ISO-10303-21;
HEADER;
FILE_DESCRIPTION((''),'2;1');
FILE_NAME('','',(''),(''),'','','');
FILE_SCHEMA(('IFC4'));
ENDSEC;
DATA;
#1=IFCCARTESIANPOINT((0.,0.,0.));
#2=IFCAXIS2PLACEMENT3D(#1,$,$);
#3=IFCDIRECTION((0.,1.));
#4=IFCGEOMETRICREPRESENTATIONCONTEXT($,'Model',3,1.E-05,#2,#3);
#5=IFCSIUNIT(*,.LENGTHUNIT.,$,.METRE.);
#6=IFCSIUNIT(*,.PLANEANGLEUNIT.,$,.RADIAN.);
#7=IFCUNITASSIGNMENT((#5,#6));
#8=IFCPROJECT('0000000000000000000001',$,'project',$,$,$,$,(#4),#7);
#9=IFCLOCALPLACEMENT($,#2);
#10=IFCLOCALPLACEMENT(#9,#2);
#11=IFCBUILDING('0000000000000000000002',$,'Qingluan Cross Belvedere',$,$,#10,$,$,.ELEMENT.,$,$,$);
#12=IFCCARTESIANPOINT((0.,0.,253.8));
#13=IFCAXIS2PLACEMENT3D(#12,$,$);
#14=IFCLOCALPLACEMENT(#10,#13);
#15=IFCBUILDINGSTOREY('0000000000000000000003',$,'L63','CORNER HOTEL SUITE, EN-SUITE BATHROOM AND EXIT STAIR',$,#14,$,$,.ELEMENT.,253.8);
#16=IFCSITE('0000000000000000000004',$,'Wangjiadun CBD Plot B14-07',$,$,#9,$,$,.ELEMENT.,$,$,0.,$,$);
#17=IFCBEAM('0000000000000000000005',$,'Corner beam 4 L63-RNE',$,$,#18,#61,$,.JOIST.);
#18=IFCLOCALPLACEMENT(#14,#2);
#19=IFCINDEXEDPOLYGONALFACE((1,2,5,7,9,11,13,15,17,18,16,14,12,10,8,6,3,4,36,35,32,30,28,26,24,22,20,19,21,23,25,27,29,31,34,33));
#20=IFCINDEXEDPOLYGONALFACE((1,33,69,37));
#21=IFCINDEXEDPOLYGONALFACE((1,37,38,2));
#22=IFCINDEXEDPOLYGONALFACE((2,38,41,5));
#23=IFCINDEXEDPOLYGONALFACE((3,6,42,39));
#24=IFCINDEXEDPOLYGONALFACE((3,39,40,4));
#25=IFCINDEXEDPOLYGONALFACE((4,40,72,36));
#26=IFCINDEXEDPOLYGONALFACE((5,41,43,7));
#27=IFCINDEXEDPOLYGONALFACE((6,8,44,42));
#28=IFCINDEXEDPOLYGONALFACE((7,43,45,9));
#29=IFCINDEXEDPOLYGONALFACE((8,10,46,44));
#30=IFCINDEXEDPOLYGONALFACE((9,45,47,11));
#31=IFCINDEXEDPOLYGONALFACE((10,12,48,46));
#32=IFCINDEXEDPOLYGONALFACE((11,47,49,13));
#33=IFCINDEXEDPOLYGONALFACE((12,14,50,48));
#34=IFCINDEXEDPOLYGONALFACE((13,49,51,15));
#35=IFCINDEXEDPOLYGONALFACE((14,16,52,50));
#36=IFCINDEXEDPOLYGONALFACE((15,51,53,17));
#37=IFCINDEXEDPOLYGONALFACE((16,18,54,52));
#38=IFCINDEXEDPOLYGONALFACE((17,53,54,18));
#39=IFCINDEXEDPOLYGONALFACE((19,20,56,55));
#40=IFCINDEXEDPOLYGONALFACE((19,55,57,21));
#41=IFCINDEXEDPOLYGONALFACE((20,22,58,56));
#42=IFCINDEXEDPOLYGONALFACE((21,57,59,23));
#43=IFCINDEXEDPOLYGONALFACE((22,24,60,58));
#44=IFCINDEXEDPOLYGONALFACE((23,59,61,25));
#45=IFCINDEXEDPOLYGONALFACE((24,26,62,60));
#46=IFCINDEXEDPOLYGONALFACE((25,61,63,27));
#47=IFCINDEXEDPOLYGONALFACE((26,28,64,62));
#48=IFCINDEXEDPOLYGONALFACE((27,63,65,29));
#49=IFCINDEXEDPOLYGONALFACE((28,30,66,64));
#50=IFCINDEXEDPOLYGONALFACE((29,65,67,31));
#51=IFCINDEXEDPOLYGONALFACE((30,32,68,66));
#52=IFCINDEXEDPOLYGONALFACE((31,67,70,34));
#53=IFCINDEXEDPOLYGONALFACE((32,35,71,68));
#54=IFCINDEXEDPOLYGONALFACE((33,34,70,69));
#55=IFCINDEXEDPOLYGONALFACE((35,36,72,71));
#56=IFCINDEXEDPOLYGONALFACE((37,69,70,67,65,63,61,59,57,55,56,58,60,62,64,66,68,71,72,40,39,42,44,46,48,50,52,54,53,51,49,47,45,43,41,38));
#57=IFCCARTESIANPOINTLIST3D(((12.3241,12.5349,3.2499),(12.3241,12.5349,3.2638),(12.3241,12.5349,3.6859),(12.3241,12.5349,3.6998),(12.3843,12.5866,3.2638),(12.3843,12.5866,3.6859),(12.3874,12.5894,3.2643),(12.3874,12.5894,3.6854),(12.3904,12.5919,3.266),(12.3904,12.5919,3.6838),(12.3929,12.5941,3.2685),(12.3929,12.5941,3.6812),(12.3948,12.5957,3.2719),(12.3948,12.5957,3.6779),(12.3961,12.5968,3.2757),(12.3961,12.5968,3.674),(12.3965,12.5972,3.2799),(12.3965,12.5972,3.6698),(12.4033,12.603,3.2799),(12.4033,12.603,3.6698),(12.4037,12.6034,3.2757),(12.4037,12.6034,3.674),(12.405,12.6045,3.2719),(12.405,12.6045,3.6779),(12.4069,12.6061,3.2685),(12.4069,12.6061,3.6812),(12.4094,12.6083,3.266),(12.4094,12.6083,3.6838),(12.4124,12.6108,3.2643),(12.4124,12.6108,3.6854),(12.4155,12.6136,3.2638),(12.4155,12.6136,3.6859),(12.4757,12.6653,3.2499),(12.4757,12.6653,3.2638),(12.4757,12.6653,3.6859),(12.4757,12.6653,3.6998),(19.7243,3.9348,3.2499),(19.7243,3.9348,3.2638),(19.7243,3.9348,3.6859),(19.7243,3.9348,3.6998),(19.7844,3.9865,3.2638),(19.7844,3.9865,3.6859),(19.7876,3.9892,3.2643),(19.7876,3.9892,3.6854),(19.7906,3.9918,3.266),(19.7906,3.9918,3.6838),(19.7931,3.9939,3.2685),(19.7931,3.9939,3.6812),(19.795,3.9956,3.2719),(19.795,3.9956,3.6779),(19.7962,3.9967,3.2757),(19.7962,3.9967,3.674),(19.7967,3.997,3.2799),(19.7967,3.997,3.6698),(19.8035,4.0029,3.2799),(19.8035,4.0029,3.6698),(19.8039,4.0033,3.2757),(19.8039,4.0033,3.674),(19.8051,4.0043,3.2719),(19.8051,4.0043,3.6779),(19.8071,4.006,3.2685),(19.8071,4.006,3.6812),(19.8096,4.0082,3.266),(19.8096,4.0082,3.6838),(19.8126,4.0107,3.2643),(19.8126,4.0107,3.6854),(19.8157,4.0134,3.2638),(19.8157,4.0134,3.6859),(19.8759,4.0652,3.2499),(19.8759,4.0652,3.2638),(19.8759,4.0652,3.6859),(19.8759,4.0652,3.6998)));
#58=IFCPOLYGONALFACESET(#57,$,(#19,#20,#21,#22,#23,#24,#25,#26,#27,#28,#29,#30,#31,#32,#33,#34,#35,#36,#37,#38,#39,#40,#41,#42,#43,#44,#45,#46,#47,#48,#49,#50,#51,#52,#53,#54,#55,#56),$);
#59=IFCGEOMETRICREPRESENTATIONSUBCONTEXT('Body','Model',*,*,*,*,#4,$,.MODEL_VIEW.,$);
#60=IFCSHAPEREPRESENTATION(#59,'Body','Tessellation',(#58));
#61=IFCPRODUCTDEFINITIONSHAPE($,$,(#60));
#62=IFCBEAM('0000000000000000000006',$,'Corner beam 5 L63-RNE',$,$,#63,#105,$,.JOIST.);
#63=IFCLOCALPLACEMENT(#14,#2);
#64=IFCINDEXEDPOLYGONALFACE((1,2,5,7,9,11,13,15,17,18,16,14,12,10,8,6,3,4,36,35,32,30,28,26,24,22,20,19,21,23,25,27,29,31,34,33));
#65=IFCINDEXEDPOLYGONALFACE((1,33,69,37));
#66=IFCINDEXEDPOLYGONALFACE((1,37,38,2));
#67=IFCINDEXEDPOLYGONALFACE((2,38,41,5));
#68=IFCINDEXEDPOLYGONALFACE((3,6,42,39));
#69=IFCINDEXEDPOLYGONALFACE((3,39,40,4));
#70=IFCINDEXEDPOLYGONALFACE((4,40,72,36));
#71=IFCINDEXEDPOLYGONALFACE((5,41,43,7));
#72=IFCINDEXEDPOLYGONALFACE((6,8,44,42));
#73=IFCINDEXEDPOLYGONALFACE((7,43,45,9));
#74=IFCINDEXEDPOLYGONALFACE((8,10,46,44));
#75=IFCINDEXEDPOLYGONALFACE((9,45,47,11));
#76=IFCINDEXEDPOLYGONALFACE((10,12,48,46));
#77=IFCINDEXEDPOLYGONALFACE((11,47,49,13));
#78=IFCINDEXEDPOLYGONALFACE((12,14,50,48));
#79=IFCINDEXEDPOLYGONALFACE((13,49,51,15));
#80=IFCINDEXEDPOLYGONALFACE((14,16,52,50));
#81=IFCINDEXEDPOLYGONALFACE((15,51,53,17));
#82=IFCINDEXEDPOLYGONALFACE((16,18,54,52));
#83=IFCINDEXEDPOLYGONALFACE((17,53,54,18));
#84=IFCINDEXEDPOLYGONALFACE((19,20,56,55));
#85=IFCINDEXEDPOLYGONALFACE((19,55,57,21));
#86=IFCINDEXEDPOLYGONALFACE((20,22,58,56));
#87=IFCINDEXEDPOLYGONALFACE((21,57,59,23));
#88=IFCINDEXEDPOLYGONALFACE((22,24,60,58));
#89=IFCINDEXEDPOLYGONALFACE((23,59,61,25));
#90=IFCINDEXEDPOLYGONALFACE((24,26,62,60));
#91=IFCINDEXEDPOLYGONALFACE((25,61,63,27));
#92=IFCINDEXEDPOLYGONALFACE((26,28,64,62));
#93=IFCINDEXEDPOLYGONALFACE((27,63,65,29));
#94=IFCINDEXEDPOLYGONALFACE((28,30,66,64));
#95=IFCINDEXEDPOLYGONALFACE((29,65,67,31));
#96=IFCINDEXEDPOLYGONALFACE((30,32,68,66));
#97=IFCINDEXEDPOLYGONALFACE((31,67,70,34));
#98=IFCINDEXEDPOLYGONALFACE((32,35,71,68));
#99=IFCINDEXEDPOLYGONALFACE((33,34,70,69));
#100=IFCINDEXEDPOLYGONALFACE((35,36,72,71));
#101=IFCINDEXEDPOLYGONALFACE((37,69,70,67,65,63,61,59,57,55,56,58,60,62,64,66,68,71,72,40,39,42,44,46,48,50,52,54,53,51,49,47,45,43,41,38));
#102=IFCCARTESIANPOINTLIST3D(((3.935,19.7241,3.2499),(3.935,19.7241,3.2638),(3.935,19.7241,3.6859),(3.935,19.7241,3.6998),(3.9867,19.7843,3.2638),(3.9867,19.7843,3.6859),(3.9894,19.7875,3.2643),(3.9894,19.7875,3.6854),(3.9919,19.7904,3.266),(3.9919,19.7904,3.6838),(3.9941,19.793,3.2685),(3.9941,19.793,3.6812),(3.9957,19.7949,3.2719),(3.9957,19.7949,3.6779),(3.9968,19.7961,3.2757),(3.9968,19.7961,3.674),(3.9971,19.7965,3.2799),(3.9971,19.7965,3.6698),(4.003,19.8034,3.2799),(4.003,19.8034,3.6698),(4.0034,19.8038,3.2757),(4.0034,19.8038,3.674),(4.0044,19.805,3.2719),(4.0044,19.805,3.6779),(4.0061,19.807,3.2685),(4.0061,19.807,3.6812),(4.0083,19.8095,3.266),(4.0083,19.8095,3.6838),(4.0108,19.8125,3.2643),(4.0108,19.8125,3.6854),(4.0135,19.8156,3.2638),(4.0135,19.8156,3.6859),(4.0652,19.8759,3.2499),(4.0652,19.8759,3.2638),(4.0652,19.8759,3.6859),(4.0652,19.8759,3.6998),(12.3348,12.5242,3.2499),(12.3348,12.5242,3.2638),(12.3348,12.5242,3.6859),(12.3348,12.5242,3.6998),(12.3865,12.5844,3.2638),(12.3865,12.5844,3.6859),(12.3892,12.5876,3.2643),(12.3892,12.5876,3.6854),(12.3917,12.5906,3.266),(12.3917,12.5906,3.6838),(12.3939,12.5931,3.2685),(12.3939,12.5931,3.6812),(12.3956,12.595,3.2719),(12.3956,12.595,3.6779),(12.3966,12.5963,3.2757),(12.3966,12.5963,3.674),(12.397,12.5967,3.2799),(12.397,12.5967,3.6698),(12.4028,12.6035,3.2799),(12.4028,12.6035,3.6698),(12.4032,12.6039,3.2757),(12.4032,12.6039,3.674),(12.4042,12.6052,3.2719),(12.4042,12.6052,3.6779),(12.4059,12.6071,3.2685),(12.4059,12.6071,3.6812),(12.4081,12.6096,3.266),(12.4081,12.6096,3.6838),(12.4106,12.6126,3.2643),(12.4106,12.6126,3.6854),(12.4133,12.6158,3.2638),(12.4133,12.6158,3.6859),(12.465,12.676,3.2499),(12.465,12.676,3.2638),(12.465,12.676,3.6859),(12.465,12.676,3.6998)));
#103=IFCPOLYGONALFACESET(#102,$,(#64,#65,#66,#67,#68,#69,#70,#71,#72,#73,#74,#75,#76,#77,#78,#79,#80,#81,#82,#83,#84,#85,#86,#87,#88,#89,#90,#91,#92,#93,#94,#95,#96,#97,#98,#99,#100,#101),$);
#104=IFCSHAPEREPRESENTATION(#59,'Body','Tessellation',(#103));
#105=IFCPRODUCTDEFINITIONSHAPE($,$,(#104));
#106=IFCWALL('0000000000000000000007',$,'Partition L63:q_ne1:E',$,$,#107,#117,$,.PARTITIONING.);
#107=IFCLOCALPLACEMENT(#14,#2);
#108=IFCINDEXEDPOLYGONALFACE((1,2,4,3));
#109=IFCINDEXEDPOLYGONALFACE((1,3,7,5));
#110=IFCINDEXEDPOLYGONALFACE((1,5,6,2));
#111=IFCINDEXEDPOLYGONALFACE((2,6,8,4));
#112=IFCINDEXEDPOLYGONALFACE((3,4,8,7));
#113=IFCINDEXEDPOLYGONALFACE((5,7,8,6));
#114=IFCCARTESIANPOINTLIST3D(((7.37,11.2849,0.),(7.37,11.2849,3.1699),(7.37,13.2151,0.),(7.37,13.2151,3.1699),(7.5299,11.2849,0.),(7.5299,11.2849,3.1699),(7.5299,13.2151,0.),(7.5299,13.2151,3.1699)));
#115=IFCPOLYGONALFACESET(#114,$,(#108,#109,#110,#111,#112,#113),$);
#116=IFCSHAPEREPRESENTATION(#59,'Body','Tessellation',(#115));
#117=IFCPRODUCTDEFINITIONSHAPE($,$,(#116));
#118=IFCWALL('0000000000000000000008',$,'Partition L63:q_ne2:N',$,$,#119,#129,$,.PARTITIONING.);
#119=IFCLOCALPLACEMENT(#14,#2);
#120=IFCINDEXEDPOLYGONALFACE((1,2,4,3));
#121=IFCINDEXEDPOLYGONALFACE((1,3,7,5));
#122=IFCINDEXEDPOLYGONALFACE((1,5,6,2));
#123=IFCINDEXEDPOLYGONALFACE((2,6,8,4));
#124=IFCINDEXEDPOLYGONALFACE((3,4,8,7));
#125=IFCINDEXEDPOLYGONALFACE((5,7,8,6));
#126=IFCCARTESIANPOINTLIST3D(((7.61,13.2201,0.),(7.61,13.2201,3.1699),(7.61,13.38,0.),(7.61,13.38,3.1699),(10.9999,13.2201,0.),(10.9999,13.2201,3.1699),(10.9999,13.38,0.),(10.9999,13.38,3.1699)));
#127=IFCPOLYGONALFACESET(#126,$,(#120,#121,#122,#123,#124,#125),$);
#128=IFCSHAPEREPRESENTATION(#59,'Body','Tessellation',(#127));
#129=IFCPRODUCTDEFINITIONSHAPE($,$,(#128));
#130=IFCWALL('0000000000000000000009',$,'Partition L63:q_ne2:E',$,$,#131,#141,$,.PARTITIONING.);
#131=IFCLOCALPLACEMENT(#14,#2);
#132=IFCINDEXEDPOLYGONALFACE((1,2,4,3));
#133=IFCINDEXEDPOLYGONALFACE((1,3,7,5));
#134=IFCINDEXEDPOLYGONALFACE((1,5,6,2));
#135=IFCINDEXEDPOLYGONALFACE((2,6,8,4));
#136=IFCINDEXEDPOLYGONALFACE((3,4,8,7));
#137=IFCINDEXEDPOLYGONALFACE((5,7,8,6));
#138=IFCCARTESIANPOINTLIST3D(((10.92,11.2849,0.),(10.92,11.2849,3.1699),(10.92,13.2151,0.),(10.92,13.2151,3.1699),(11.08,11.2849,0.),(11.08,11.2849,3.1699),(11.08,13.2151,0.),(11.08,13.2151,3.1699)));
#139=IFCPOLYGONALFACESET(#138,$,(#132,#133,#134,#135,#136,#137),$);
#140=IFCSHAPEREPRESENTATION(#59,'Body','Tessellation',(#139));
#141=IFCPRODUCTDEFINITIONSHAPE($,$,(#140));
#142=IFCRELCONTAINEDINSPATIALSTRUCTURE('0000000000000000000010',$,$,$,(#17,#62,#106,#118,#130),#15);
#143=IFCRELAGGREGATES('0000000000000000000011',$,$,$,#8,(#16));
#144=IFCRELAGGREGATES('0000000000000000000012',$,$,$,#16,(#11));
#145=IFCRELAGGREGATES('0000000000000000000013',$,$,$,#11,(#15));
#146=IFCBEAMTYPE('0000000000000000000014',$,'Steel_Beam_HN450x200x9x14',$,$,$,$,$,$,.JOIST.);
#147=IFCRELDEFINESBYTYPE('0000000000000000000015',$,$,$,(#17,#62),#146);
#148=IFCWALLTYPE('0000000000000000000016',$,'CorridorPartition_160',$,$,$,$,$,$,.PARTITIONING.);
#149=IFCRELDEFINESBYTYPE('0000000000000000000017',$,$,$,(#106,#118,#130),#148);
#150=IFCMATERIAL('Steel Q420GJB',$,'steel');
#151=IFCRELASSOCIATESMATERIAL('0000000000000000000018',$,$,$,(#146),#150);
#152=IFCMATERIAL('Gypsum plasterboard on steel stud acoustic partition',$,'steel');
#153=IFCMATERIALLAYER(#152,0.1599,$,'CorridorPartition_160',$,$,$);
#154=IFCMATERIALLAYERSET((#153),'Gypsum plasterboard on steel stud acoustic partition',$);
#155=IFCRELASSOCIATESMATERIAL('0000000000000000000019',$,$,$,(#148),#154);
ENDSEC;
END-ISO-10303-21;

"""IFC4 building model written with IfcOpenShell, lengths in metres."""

from ifc_helpers import new_model, si_unit, direction, frame, frame_2d, origin, origin_2d, place, context, subcontext, project, spatial, rectangle, i_section, extrude, material, layer, layer_set, material_profile, profile_set, type_object, element, save


model = new_model("IFC4")

# Units and contexts
model_context = context("Model", 3, precision=1e-05, world=origin(), true_north=direction((0.0, 1.0)))
body_context = subcontext(model_context, "Body", "Model", "MODEL_VIEW")
ifc_project = project(units=[si_unit("LENGTHUNIT", "METRE"), si_unit("PLANEANGLEUNIT", "RADIAN")], contexts=[model_context])

# Site, building, storey
site_placement = place(None, origin())
site = spatial("IfcSite", under=ifc_project, at=site_placement, Name="Wangjiadun CBD Plot B14-07", CompositionType="ELEMENT", RefElevation=0.0)
building_placement = place(site_placement, origin())
building = spatial("IfcBuilding", under=site, at=building_placement, Name="Qingluan Cross Belvedere", CompositionType="ELEMENT")
storey_placement = place(building_placement, frame((0.0, 0.0, 253.8)))
storey = spatial("IfcBuildingStorey", under=building, at=storey_placement, Name="L63", Description="CORNER HOTEL SUITE, EN-SUITE BATHROOM AND EXIT STAIR", CompositionType="ELEMENT", Elevation=253.8)

# Beams
ifc_material_1 = material(Name="Steel Q420GJB", Category="steel")
ifc_material_profile_1 = material_profile(ifc_material_1, i_section(OverallWidth=0.2, OverallDepth=0.45, WebThickness=0.009, FlangeThickness=0.0139, FilletRadius=0.0161, at=origin_2d()), Name="HN450x200x9x14")
ifc_profile_set_1 = profile_set([ifc_material_profile_1], Name="Steel Q420GJB")
beam_type = type_object("IfcBeamType", Name="Steel_Beam_HN450x200x9x14", PredefinedType="JOIST", material=ifc_profile_set_1)
beam_1_placement = place(storey_placement, frame((12.3999, 12.6001, 3.4749), z_axis=(0.652245, -0.758008, 0.0), x_axis=(0.758008, 0.652245, 0.0)))
element("IfcBeam", 1, at=beam_1_placement, inside=storey, type_object=beam_type, Name="Corner beam 4 L63-RNE", PredefinedType="JOIST", context=body_context, shape_type="SweptSolid", body=[
    extrude(i_section(OverallWidth=0.2, OverallDepth=0.45, WebThickness=0.009, FlangeThickness=0.0139, FilletRadius=0.0161, at=origin_2d()), origin(), (0.0, 0.0, 1.0), 11.3457),
])
beam_2_placement = place(storey_placement, frame((12.3999, 12.6001, 3.4749), z_axis=(-0.759255, 0.650793, 0.0), x_axis=(-0.650793, -0.759255, 0.0)))
element("IfcBeam", 2, at=beam_2_placement, inside=storey, type_object=beam_type, Name="Corner beam 5 L63-RNE", PredefinedType="JOIST", context=body_context, shape_type="SweptSolid", body=[
    extrude(i_section(OverallWidth=0.2, OverallDepth=0.45, WebThickness=0.009, FlangeThickness=0.0139, FilletRadius=0.0161, at=origin_2d()), origin(), (0.0, 0.0, 1.0), 11.0632),
])

# Walls
ifc_material_2 = material(Name="Gypsum plasterboard on steel stud acoustic partition", Category="steel")
ifc_layer_1 = layer(ifc_material_2, 0.1599, Name="CorridorPartition_160")
ifc_layer_set_1 = layer_set([ifc_layer_1], Name="Gypsum plasterboard on steel stud acoustic partition")
wall_type_1 = type_object("IfcWallType", Name="CorridorPartition_160", PredefinedType="PARTITIONING", material=ifc_layer_set_1)
wall_1_placement = place(storey_placement, frame((7.45, 11.2849, 0.0), z_axis=(0.0, 0.0, 1.0), x_axis=(0.0, 1.0, 0.0)))
element("IfcWall", 3, at=wall_1_placement, inside=storey, type_object=wall_type_1, Name="Partition L63:q_ne1:E", PredefinedType="PARTITIONING", context=body_context, shape_type="SweptSolid", body=[
    extrude(rectangle(XDim=1.9302, YDim=0.1599, at=frame_2d((0.9651, 0.0))), origin(), (0.0, 0.0, 1.0), 3.1699),
])
wall_2_placement = place(storey_placement, frame((7.6101, 13.3, 0.0), z_axis=(0.0, 0.0, 1.0), x_axis=(1.0, 0.0, 0.0)))
element("IfcWall", 4, at=wall_2_placement, inside=storey, type_object=wall_type_1, Name="Partition L63:q_ne2:N", PredefinedType="PARTITIONING", context=body_context, shape_type="SweptSolid", body=[
    extrude(rectangle(XDim=3.3899, YDim=0.1599, at=frame_2d((1.6948, 0.0))), origin(), (0.0, 0.0, 1.0), 3.1699),
])
wall_3_placement = place(storey_placement, frame((11.0, 11.2849, 0.0), z_axis=(0.0, 0.0, 1.0), x_axis=(0.0, 1.0, 0.0)))
element("IfcWall", 5, at=wall_3_placement, inside=storey, type_object=wall_type_1, Name="Partition L63:q_ne2:E", PredefinedType="PARTITIONING", context=body_context, shape_type="SweptSolid", body=[
    extrude(rectangle(XDim=1.9302, YDim=0.1599, at=frame_2d((0.9651, 0.0))), origin(), (0.0, 0.0, 1.0), 3.1699),
])

save(model, "model.ifc")
